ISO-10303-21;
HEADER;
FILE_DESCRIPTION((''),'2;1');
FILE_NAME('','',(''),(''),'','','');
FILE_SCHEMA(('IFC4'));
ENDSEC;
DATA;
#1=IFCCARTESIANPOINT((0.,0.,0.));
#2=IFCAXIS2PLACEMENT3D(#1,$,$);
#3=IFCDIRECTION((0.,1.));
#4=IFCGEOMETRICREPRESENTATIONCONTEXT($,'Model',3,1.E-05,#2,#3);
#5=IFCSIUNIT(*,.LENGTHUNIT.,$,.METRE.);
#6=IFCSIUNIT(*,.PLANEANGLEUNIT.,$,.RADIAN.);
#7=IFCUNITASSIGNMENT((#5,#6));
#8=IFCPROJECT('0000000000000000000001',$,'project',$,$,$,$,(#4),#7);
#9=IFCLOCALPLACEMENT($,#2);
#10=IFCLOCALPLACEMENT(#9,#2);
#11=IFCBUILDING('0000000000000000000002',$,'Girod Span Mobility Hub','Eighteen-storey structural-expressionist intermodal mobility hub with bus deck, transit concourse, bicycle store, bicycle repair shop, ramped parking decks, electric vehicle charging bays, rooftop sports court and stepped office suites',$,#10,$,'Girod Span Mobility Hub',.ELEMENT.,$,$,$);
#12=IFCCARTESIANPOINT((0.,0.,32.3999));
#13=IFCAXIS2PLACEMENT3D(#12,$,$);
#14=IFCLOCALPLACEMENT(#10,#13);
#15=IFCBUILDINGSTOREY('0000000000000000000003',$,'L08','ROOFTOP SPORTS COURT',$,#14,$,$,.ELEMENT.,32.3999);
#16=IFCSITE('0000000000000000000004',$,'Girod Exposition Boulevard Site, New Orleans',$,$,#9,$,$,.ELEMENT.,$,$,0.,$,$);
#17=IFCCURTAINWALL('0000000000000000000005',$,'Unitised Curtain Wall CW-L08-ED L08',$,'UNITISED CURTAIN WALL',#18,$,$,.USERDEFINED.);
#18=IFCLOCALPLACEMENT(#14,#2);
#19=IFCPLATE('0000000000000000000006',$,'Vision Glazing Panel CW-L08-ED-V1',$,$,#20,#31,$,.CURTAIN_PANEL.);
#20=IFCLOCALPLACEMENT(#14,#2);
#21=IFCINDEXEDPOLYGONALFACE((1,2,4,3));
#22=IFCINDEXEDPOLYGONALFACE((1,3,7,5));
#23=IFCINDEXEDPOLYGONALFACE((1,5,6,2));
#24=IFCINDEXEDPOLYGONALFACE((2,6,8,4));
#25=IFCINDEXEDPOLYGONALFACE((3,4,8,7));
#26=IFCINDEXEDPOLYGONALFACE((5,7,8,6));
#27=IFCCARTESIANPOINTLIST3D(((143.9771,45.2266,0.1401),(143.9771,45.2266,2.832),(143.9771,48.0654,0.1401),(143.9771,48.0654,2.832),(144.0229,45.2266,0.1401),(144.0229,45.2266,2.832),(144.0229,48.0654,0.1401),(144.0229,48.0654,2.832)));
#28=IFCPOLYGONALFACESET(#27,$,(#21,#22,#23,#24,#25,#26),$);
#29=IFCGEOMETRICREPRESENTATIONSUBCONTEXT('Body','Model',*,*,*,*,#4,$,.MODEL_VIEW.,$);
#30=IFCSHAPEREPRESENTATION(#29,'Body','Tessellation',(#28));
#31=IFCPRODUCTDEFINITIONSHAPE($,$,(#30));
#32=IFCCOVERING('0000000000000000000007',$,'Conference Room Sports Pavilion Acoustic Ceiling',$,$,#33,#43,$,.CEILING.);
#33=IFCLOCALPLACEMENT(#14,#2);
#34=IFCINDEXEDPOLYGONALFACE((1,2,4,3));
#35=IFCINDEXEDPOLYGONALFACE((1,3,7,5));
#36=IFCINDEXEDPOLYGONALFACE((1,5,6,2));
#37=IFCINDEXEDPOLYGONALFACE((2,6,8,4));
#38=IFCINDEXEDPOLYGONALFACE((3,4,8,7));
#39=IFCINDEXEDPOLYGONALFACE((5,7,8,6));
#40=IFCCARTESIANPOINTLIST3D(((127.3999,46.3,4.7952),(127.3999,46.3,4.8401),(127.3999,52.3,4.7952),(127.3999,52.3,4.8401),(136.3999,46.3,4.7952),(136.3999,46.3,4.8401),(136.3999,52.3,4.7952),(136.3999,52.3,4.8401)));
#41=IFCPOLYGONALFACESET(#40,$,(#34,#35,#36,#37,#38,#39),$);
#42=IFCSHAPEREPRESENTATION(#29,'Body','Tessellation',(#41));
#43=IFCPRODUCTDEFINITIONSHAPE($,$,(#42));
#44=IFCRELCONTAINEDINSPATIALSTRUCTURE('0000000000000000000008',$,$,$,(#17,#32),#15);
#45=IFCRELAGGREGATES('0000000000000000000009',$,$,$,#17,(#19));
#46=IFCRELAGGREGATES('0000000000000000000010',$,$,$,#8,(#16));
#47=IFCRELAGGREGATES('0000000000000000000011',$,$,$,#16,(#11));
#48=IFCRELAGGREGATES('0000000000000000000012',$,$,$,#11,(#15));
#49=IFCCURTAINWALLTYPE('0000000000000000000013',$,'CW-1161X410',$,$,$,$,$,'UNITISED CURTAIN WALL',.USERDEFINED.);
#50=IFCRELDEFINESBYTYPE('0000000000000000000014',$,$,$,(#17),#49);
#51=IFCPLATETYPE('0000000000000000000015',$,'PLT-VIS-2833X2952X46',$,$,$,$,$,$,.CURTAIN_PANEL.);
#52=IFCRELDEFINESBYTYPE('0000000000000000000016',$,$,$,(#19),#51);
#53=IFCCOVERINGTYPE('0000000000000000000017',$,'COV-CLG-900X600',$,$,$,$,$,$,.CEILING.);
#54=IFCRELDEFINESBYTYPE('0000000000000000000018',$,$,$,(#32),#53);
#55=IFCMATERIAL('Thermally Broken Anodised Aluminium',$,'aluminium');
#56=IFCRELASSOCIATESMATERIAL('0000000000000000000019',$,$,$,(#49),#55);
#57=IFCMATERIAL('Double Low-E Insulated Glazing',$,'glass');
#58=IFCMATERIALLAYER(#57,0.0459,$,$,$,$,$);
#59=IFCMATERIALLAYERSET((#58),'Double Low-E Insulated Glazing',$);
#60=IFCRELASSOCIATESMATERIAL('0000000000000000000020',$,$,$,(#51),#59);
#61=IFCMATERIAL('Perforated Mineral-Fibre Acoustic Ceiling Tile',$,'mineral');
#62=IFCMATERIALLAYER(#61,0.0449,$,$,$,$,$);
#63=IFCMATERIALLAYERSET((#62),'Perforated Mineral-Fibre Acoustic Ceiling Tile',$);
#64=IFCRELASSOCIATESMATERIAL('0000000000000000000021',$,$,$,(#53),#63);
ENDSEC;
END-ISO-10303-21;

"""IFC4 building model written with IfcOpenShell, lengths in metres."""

from ifc_helpers import new_model, si_unit, direction, frame, origin, origin_2d, place, context, subcontext, project, spatial, rectangle, extrude, material, layer, layer_set, type_object, element, aggregate, save


model = new_model("IFC4")

# Units and contexts
model_context = context("Model", 3, precision=1e-05, world=origin(), true_north=direction((0.0, 1.0)))
body_context = subcontext(model_context, "Body", "Model", "MODEL_VIEW")
ifc_project = project(units=[si_unit("LENGTHUNIT", "METRE"), si_unit("PLANEANGLEUNIT", "RADIAN")], contexts=[model_context])

# Site, building, storey
site_placement = place(None, origin())
site = spatial("IfcSite", under=ifc_project, at=site_placement, Name="Girod Exposition Boulevard Site, New Orleans", CompositionType="ELEMENT", RefElevation=0.0)
building_placement = place(site_placement, origin())
building = spatial("IfcBuilding", under=site, at=building_placement, Name="Girod Span Mobility Hub", Description="Eighteen-storey structural-expressionist intermodal mobility hub with bus deck, transit concourse, bicycle store, bicycle repair shop, ramped parking decks, electric vehicle charging bays, rooftop sports court and stepped office suites", LongName="Girod Span Mobility Hub", CompositionType="ELEMENT")
storey_placement = place(building_placement, frame((0.0, 0.0, 32.3999)))
storey = spatial("IfcBuildingStorey", under=building, at=storey_placement, Name="L08", Description="ROOFTOP SPORTS COURT", CompositionType="ELEMENT", Elevation=32.3999)

# Curtain wall
ifc_material_1 = material(Name="Thermally Broken Anodised Aluminium", Category="aluminium")
curtain_wall_type_1 = type_object("IfcCurtainWallType", Name="CW-1161X410", ElementType="UNITISED CURTAIN WALL", PredefinedType="USERDEFINED", material=ifc_material_1)
curtain_wall_1_placement = place(storey_placement, origin())
curtain_wall_1 = element("IfcCurtainWall", 1, at=curtain_wall_1_placement, inside=storey, type_object=curtain_wall_type_1, Name="Unitised Curtain Wall CW-L08-ED L08", ObjectType="UNITISED CURTAIN WALL", PredefinedType="USERDEFINED")

# Plate
ifc_material_2 = material(Name="Double Low-E Insulated Glazing", Category="glass")
ifc_layer_1 = layer(ifc_material_2, 0.0459)
ifc_layer_set_1 = layer_set([ifc_layer_1], Name="Double Low-E Insulated Glazing")
plate_type_1 = type_object("IfcPlateType", Name="PLT-VIS-2833X2952X46", PredefinedType="CURTAIN_PANEL", material=ifc_layer_set_1)
plate_1_placement = place(storey_placement, frame((144.0, 46.646, 0.1401), z_axis=(0.0, 0.0, 1.0), x_axis=(0.0, 1.0, 0.0)))
plate_1 = element("IfcPlate", 2, at=plate_1_placement, type_object=plate_type_1, Name="Vision Glazing Panel CW-L08-ED-V1", PredefinedType="CURTAIN_PANEL", context=body_context, shape_type="SweptSolid", body=[
    extrude(rectangle(XDim=2.8389, YDim=0.0459, at=origin_2d()), origin(), (0.0, 0.0, 1.0), 2.6919),
])
aggregate(curtain_wall_1, [plate_1])

# Covering
ifc_material_3 = material(Name="Perforated Mineral-Fibre Acoustic Ceiling Tile", Category="mineral")
ifc_layer_2 = layer(ifc_material_3, 0.0449)
ifc_layer_set_2 = layer_set([ifc_layer_2], Name="Perforated Mineral-Fibre Acoustic Ceiling Tile")
covering_type = type_object("IfcCoveringType", Name="COV-CLG-900X600", PredefinedType="CEILING", material=ifc_layer_set_2)
covering_placement = place(storey_placement, frame((131.8999, 49.3, 4.7952), z_axis=(0.0, 0.0, 1.0), x_axis=(1.0, 0.0, 0.0)))
element("IfcCovering", 3, at=covering_placement, inside=storey, type_object=covering_type, Name="Conference Room Sports Pavilion Acoustic Ceiling", PredefinedType="CEILING", context=body_context, shape_type="SweptSolid", body=[
    extrude(rectangle(XDim=9.0, YDim=6.0, at=origin_2d()), origin(), (0.0, 0.0, 1.0), 0.0449),
])

save(model, "model.ifc")
